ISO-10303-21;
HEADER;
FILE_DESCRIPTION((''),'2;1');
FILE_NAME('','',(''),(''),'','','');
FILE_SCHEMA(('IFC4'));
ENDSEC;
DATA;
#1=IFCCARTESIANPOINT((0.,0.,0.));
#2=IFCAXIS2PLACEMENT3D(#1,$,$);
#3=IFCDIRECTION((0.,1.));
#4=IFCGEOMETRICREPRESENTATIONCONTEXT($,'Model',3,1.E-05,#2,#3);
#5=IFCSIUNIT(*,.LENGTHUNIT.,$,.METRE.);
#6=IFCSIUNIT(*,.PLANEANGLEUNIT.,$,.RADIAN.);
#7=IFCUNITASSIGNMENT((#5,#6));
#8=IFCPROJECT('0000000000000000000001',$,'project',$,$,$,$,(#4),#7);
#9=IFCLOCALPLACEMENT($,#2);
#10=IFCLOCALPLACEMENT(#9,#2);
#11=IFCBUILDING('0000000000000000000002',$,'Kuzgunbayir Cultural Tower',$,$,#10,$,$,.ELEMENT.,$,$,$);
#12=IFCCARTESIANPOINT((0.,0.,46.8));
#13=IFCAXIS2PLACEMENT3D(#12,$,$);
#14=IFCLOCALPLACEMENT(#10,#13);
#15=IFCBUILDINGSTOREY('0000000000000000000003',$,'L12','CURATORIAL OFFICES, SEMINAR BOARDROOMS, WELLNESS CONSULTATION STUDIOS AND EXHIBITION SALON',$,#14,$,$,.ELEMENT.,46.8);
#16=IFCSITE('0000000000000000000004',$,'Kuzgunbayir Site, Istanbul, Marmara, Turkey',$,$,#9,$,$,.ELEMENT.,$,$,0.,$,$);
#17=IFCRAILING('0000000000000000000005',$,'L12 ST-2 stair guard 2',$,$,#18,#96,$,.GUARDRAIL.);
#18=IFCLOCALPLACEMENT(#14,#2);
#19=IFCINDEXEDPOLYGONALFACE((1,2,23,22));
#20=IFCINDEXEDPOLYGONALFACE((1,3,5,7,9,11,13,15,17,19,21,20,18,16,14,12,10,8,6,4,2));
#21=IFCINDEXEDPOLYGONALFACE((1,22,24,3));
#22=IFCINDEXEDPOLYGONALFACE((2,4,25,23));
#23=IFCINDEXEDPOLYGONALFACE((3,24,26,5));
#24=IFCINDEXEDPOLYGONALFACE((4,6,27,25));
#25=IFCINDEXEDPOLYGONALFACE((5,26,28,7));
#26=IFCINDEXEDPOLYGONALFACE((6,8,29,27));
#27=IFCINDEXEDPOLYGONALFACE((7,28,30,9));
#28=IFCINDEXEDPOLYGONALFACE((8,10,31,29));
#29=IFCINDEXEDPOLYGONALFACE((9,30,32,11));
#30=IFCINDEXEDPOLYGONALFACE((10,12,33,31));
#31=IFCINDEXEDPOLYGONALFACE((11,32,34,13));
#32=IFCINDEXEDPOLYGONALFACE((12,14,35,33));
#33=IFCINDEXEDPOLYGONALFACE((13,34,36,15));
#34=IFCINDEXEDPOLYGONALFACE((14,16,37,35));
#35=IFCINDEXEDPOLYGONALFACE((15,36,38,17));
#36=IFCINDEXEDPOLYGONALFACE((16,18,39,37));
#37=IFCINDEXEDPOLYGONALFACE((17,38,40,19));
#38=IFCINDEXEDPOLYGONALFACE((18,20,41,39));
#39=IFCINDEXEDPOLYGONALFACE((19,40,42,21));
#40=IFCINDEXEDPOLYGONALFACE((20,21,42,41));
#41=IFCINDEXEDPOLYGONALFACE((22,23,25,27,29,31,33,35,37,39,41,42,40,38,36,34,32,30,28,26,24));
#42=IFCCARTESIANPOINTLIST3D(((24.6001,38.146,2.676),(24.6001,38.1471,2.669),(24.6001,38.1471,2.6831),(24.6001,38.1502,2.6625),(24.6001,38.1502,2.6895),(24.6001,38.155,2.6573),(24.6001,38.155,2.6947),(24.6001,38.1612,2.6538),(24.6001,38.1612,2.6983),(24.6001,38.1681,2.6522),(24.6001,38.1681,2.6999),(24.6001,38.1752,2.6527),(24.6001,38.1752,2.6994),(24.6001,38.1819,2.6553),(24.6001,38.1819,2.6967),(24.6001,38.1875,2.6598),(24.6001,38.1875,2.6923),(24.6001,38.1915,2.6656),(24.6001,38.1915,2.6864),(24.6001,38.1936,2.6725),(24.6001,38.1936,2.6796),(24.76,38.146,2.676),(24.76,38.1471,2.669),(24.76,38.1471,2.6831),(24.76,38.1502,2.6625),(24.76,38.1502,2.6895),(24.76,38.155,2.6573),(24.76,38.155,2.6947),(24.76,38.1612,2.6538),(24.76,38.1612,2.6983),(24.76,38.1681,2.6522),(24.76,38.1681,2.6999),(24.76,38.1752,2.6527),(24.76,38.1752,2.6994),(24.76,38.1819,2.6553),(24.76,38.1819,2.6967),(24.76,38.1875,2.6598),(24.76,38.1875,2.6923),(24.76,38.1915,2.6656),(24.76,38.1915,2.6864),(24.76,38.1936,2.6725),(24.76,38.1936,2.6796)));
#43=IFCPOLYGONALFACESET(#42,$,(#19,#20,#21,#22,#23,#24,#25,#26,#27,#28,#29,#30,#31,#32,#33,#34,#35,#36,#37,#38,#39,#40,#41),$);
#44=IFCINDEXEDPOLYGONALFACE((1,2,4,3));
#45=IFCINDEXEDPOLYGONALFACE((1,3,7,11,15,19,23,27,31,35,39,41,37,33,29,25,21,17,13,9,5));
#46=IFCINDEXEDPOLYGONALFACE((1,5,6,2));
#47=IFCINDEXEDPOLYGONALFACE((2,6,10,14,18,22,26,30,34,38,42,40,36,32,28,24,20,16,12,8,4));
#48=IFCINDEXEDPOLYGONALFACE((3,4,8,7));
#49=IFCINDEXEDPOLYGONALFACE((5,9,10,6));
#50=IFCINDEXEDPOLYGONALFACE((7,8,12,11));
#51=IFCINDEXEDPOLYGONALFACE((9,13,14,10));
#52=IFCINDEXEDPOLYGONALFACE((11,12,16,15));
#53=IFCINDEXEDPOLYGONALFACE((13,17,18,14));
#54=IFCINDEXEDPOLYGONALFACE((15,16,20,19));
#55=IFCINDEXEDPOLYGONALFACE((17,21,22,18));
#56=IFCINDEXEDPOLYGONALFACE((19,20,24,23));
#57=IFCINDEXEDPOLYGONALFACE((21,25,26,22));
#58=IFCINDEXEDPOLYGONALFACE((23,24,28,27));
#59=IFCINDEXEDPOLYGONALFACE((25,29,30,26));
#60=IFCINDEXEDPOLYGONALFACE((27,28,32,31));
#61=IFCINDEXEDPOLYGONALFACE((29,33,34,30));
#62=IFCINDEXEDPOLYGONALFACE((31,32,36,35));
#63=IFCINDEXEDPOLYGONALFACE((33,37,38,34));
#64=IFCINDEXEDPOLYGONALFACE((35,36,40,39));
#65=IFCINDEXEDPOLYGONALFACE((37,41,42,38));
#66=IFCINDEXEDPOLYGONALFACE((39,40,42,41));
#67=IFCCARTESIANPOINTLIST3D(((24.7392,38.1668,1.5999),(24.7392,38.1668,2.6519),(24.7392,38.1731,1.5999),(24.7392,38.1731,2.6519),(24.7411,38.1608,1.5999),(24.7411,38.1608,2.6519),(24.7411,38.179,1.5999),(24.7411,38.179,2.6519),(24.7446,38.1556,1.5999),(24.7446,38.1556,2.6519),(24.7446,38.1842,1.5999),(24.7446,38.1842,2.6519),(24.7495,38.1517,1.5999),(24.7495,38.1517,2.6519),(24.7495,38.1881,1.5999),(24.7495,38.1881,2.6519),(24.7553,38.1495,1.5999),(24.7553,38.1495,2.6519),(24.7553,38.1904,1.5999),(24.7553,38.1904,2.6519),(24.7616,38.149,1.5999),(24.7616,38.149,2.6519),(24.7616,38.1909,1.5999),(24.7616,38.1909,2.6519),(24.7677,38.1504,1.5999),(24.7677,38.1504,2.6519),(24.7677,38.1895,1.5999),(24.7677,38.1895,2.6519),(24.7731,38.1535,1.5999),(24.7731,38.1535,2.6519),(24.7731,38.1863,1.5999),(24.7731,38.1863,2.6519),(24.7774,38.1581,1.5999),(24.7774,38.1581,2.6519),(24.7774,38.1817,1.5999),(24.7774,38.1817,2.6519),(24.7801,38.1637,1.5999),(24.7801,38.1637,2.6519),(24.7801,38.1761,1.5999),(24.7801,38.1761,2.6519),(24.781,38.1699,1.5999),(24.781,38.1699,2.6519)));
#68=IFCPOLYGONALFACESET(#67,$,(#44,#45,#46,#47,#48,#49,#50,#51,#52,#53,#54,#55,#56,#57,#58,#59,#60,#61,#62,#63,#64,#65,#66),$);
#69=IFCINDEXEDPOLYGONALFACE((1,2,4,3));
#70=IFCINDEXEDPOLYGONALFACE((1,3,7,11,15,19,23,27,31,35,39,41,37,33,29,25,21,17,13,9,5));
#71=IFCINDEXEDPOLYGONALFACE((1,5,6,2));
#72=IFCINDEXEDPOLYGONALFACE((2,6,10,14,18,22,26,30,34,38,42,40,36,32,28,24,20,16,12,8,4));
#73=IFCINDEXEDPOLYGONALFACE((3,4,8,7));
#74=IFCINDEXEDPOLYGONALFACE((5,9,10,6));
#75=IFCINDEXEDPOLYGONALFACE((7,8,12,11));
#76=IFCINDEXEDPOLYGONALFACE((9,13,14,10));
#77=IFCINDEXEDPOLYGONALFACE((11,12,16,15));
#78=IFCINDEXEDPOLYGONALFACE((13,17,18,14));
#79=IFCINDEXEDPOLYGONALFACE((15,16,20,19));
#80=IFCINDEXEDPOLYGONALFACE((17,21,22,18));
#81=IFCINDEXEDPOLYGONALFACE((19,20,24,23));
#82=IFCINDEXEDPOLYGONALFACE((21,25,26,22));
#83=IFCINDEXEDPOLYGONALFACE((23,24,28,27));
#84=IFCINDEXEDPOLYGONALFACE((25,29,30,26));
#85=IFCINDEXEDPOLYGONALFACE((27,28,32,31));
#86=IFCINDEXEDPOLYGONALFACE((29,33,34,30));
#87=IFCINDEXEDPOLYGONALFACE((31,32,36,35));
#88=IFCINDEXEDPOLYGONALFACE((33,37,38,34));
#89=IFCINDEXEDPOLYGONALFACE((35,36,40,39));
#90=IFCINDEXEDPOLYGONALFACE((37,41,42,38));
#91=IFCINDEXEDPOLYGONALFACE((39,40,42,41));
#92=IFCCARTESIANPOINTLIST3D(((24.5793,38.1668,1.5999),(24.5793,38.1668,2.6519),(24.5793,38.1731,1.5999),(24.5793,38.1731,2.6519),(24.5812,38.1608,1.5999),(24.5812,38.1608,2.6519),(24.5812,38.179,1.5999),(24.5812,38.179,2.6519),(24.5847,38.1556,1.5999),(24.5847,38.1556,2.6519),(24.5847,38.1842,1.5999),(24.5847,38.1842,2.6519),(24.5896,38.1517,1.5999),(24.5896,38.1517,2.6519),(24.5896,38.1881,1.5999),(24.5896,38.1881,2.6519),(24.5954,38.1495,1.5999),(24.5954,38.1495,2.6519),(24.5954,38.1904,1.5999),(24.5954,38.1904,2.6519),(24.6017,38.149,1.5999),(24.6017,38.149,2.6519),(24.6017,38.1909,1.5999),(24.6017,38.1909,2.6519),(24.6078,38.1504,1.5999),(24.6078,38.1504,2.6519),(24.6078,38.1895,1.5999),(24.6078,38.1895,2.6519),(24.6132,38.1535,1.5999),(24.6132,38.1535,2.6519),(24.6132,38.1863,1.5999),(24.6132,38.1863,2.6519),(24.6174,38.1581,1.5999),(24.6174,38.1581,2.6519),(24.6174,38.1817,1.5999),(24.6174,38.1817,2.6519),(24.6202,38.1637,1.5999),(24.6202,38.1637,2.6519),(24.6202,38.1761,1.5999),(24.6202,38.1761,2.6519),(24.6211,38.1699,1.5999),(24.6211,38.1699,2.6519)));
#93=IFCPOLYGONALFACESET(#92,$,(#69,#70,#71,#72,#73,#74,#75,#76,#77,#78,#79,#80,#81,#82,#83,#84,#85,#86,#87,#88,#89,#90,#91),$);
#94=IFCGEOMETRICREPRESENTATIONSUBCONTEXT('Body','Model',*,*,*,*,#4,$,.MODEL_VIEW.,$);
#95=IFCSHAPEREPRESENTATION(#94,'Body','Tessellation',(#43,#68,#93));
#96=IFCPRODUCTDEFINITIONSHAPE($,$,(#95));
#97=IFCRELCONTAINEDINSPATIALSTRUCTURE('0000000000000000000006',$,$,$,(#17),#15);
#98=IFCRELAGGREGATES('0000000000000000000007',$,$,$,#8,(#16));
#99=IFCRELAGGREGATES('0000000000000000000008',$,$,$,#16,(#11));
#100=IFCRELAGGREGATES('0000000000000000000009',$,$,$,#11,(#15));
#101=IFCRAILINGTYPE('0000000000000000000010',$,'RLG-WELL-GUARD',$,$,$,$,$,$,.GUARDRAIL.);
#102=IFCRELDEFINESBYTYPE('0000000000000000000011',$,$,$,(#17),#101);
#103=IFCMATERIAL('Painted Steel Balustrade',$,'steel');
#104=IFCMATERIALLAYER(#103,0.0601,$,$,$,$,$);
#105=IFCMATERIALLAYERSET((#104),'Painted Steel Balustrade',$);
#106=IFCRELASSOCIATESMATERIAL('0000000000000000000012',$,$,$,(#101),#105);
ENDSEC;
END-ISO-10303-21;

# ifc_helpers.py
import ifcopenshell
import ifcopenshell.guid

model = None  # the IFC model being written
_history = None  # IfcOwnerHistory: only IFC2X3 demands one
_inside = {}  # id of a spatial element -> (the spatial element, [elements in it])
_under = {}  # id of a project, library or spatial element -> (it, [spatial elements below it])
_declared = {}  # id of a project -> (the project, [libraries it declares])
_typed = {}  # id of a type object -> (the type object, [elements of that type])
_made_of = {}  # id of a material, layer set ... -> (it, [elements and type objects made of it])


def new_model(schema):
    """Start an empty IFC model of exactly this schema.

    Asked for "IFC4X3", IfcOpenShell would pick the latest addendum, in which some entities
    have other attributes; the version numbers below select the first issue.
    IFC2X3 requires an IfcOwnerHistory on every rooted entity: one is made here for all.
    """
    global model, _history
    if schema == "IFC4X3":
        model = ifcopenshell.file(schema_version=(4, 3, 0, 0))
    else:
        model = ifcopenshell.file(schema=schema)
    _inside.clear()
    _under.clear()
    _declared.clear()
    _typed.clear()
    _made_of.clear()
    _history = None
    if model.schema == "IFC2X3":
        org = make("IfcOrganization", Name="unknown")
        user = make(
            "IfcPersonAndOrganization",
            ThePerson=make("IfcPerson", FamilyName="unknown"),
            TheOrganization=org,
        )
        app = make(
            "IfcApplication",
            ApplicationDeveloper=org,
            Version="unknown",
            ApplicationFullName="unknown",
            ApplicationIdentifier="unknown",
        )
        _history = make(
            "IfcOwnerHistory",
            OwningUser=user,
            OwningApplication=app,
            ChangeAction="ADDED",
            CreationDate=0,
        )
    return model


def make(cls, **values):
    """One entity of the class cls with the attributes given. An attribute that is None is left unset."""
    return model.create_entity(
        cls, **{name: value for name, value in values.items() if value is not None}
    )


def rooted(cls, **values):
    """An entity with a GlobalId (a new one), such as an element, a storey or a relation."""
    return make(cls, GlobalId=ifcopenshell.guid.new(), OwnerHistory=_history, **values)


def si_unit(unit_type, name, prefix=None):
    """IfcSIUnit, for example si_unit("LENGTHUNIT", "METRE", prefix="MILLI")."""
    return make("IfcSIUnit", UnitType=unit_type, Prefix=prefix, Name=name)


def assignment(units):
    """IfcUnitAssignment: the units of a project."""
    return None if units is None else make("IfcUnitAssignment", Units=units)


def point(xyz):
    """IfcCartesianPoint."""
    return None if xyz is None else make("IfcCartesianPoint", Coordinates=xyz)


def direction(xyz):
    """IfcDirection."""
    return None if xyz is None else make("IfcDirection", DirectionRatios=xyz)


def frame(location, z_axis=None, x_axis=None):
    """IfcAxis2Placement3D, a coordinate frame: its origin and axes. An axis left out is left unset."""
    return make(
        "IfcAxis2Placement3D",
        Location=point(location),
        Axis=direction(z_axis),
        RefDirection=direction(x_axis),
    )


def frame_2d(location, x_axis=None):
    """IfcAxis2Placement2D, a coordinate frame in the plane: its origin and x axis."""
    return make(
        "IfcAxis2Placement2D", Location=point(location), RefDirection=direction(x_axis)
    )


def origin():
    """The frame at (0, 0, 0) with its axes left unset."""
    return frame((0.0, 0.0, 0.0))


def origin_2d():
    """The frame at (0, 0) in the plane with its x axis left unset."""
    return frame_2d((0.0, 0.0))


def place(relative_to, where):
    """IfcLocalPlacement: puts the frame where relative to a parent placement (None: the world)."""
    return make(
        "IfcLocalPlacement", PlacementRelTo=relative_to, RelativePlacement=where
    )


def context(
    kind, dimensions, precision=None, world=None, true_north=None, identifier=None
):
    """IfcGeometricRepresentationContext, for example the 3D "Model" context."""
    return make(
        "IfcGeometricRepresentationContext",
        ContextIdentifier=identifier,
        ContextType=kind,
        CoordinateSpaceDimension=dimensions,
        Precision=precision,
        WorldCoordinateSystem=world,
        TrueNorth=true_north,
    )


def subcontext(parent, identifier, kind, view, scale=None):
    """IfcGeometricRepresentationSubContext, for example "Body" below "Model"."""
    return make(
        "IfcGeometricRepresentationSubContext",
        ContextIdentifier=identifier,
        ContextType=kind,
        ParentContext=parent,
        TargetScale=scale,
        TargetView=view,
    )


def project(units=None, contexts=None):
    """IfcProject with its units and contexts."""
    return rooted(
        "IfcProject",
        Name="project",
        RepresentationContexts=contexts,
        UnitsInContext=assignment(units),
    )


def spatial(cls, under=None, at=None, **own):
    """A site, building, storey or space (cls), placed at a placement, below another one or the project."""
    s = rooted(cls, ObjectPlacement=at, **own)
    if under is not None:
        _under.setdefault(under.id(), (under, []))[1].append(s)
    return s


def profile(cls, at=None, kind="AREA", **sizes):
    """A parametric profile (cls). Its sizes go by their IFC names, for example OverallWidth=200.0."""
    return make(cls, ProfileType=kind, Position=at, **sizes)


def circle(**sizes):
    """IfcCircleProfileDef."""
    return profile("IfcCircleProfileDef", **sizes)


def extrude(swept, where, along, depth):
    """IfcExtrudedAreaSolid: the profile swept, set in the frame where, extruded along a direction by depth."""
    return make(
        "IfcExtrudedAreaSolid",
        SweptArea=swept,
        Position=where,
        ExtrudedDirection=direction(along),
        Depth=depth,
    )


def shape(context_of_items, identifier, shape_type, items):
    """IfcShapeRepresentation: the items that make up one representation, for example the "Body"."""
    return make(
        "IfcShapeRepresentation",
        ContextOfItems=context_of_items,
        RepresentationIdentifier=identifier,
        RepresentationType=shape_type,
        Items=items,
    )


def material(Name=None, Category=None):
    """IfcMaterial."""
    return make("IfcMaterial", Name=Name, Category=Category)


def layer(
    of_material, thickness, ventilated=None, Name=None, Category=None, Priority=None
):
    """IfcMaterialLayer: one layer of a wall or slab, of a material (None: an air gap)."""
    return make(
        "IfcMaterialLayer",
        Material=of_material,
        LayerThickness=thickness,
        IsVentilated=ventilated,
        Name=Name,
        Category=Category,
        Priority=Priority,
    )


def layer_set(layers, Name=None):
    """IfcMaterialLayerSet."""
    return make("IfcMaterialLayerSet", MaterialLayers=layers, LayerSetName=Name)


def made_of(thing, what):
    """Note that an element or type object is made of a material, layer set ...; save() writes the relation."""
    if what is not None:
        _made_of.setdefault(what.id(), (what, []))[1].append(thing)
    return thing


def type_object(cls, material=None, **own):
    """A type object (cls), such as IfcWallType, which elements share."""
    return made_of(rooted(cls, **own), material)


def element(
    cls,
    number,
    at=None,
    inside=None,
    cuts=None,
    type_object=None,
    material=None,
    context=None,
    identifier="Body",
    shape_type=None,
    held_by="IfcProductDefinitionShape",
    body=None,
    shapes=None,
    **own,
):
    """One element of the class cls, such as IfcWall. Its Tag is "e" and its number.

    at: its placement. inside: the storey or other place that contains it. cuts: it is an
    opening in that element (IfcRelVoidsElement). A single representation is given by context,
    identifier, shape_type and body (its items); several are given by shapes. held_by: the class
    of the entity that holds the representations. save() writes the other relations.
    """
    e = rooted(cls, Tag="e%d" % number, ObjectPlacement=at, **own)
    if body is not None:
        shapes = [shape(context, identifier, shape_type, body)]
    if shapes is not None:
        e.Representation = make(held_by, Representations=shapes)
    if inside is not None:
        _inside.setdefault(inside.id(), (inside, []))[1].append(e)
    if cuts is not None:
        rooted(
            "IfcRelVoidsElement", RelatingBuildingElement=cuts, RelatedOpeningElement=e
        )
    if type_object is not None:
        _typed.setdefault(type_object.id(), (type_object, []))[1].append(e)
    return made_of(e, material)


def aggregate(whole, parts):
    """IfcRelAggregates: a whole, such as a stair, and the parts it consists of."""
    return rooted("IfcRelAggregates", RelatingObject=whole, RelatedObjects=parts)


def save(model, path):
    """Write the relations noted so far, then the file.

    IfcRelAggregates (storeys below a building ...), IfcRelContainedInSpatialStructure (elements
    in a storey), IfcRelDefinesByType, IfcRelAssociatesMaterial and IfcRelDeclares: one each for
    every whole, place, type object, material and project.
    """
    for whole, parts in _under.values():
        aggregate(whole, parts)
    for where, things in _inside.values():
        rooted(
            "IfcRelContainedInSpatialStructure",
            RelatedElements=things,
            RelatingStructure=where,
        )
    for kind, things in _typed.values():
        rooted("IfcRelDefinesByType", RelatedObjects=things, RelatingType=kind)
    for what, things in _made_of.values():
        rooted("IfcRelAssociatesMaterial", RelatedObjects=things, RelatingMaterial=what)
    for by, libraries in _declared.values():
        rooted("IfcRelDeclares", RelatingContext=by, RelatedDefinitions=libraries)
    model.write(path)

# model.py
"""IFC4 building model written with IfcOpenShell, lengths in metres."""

from ifc_helpers import new_model, si_unit, direction, frame, origin, origin_2d, place, context, subcontext, project, spatial, circle, extrude, material, layer, layer_set, type_object, element, save


model = new_model("IFC4")

# Units and contexts
model_context = context("Model", 3, precision=1e-05, world=origin(), true_north=direction((0.0, 1.0)))
body_context = subcontext(model_context, "Body", "Model", "MODEL_VIEW")
ifc_project = project(units=[si_unit("LENGTHUNIT", "METRE"), si_unit("PLANEANGLEUNIT", "RADIAN")], contexts=[model_context])

# Site, building, storey
site_placement = place(None, origin())
site = spatial("IfcSite", under=ifc_project, at=site_placement, Name="Kuzgunbayir Site, Istanbul, Marmara, Turkey", CompositionType="ELEMENT", RefElevation=0.0)
building_placement = place(site_placement, origin())
building = spatial("IfcBuilding", under=site, at=building_placement, Name="Kuzgunbayir Cultural Tower", CompositionType="ELEMENT")
storey_placement = place(building_placement, frame((0.0, 0.0, 46.8)))
storey = spatial("IfcBuildingStorey", under=building, at=storey_placement, Name="L12", Description="CURATORIAL OFFICES, SEMINAR BOARDROOMS, WELLNESS CONSULTATION STUDIOS AND EXHIBITION SALON", CompositionType="ELEMENT", Elevation=46.8)

# Railing
ifc_material_1 = material(Name="Painted Steel Balustrade", Category="steel")
ifc_layer_1 = layer(ifc_material_1, 0.0601)
ifc_layer_set_1 = layer_set([ifc_layer_1], Name="Painted Steel Balustrade")
railing_type_1 = type_object("IfcRailingType", Name="RLG-WELL-GUARD", PredefinedType="GUARDRAIL", material=ifc_layer_set_1)
railing_1_placement = place(storey_placement, frame((24.76, 38.1699, 1.5999)))
element("IfcRailing", 1, at=railing_1_placement, inside=storey, type_object=railing_type_1, Name="L12 ST-2 stair guard 2", PredefinedType="GUARDRAIL", context=body_context, shape_type="SweptSolid", body=[
    extrude(circle(Radius=0.0239, at=origin_2d()), frame((0.0, 0.0, 1.0762), z_axis=(-1.0, 0.0, 0.0), x_axis=(0.0, -1.0, 0.0)), (0.0, 0.0, 1.0), 0.1599),
    extrude(circle(Radius=0.021, at=origin_2d()), origin(), (0.0, 0.0, 1.0), 1.052),
    extrude(circle(Radius=0.021, at=origin_2d()), frame((-0.1599, 0.0, 0.0)), (0.0, 0.0, 1.0), 1.052),
])

save(model, "model.ifc")
